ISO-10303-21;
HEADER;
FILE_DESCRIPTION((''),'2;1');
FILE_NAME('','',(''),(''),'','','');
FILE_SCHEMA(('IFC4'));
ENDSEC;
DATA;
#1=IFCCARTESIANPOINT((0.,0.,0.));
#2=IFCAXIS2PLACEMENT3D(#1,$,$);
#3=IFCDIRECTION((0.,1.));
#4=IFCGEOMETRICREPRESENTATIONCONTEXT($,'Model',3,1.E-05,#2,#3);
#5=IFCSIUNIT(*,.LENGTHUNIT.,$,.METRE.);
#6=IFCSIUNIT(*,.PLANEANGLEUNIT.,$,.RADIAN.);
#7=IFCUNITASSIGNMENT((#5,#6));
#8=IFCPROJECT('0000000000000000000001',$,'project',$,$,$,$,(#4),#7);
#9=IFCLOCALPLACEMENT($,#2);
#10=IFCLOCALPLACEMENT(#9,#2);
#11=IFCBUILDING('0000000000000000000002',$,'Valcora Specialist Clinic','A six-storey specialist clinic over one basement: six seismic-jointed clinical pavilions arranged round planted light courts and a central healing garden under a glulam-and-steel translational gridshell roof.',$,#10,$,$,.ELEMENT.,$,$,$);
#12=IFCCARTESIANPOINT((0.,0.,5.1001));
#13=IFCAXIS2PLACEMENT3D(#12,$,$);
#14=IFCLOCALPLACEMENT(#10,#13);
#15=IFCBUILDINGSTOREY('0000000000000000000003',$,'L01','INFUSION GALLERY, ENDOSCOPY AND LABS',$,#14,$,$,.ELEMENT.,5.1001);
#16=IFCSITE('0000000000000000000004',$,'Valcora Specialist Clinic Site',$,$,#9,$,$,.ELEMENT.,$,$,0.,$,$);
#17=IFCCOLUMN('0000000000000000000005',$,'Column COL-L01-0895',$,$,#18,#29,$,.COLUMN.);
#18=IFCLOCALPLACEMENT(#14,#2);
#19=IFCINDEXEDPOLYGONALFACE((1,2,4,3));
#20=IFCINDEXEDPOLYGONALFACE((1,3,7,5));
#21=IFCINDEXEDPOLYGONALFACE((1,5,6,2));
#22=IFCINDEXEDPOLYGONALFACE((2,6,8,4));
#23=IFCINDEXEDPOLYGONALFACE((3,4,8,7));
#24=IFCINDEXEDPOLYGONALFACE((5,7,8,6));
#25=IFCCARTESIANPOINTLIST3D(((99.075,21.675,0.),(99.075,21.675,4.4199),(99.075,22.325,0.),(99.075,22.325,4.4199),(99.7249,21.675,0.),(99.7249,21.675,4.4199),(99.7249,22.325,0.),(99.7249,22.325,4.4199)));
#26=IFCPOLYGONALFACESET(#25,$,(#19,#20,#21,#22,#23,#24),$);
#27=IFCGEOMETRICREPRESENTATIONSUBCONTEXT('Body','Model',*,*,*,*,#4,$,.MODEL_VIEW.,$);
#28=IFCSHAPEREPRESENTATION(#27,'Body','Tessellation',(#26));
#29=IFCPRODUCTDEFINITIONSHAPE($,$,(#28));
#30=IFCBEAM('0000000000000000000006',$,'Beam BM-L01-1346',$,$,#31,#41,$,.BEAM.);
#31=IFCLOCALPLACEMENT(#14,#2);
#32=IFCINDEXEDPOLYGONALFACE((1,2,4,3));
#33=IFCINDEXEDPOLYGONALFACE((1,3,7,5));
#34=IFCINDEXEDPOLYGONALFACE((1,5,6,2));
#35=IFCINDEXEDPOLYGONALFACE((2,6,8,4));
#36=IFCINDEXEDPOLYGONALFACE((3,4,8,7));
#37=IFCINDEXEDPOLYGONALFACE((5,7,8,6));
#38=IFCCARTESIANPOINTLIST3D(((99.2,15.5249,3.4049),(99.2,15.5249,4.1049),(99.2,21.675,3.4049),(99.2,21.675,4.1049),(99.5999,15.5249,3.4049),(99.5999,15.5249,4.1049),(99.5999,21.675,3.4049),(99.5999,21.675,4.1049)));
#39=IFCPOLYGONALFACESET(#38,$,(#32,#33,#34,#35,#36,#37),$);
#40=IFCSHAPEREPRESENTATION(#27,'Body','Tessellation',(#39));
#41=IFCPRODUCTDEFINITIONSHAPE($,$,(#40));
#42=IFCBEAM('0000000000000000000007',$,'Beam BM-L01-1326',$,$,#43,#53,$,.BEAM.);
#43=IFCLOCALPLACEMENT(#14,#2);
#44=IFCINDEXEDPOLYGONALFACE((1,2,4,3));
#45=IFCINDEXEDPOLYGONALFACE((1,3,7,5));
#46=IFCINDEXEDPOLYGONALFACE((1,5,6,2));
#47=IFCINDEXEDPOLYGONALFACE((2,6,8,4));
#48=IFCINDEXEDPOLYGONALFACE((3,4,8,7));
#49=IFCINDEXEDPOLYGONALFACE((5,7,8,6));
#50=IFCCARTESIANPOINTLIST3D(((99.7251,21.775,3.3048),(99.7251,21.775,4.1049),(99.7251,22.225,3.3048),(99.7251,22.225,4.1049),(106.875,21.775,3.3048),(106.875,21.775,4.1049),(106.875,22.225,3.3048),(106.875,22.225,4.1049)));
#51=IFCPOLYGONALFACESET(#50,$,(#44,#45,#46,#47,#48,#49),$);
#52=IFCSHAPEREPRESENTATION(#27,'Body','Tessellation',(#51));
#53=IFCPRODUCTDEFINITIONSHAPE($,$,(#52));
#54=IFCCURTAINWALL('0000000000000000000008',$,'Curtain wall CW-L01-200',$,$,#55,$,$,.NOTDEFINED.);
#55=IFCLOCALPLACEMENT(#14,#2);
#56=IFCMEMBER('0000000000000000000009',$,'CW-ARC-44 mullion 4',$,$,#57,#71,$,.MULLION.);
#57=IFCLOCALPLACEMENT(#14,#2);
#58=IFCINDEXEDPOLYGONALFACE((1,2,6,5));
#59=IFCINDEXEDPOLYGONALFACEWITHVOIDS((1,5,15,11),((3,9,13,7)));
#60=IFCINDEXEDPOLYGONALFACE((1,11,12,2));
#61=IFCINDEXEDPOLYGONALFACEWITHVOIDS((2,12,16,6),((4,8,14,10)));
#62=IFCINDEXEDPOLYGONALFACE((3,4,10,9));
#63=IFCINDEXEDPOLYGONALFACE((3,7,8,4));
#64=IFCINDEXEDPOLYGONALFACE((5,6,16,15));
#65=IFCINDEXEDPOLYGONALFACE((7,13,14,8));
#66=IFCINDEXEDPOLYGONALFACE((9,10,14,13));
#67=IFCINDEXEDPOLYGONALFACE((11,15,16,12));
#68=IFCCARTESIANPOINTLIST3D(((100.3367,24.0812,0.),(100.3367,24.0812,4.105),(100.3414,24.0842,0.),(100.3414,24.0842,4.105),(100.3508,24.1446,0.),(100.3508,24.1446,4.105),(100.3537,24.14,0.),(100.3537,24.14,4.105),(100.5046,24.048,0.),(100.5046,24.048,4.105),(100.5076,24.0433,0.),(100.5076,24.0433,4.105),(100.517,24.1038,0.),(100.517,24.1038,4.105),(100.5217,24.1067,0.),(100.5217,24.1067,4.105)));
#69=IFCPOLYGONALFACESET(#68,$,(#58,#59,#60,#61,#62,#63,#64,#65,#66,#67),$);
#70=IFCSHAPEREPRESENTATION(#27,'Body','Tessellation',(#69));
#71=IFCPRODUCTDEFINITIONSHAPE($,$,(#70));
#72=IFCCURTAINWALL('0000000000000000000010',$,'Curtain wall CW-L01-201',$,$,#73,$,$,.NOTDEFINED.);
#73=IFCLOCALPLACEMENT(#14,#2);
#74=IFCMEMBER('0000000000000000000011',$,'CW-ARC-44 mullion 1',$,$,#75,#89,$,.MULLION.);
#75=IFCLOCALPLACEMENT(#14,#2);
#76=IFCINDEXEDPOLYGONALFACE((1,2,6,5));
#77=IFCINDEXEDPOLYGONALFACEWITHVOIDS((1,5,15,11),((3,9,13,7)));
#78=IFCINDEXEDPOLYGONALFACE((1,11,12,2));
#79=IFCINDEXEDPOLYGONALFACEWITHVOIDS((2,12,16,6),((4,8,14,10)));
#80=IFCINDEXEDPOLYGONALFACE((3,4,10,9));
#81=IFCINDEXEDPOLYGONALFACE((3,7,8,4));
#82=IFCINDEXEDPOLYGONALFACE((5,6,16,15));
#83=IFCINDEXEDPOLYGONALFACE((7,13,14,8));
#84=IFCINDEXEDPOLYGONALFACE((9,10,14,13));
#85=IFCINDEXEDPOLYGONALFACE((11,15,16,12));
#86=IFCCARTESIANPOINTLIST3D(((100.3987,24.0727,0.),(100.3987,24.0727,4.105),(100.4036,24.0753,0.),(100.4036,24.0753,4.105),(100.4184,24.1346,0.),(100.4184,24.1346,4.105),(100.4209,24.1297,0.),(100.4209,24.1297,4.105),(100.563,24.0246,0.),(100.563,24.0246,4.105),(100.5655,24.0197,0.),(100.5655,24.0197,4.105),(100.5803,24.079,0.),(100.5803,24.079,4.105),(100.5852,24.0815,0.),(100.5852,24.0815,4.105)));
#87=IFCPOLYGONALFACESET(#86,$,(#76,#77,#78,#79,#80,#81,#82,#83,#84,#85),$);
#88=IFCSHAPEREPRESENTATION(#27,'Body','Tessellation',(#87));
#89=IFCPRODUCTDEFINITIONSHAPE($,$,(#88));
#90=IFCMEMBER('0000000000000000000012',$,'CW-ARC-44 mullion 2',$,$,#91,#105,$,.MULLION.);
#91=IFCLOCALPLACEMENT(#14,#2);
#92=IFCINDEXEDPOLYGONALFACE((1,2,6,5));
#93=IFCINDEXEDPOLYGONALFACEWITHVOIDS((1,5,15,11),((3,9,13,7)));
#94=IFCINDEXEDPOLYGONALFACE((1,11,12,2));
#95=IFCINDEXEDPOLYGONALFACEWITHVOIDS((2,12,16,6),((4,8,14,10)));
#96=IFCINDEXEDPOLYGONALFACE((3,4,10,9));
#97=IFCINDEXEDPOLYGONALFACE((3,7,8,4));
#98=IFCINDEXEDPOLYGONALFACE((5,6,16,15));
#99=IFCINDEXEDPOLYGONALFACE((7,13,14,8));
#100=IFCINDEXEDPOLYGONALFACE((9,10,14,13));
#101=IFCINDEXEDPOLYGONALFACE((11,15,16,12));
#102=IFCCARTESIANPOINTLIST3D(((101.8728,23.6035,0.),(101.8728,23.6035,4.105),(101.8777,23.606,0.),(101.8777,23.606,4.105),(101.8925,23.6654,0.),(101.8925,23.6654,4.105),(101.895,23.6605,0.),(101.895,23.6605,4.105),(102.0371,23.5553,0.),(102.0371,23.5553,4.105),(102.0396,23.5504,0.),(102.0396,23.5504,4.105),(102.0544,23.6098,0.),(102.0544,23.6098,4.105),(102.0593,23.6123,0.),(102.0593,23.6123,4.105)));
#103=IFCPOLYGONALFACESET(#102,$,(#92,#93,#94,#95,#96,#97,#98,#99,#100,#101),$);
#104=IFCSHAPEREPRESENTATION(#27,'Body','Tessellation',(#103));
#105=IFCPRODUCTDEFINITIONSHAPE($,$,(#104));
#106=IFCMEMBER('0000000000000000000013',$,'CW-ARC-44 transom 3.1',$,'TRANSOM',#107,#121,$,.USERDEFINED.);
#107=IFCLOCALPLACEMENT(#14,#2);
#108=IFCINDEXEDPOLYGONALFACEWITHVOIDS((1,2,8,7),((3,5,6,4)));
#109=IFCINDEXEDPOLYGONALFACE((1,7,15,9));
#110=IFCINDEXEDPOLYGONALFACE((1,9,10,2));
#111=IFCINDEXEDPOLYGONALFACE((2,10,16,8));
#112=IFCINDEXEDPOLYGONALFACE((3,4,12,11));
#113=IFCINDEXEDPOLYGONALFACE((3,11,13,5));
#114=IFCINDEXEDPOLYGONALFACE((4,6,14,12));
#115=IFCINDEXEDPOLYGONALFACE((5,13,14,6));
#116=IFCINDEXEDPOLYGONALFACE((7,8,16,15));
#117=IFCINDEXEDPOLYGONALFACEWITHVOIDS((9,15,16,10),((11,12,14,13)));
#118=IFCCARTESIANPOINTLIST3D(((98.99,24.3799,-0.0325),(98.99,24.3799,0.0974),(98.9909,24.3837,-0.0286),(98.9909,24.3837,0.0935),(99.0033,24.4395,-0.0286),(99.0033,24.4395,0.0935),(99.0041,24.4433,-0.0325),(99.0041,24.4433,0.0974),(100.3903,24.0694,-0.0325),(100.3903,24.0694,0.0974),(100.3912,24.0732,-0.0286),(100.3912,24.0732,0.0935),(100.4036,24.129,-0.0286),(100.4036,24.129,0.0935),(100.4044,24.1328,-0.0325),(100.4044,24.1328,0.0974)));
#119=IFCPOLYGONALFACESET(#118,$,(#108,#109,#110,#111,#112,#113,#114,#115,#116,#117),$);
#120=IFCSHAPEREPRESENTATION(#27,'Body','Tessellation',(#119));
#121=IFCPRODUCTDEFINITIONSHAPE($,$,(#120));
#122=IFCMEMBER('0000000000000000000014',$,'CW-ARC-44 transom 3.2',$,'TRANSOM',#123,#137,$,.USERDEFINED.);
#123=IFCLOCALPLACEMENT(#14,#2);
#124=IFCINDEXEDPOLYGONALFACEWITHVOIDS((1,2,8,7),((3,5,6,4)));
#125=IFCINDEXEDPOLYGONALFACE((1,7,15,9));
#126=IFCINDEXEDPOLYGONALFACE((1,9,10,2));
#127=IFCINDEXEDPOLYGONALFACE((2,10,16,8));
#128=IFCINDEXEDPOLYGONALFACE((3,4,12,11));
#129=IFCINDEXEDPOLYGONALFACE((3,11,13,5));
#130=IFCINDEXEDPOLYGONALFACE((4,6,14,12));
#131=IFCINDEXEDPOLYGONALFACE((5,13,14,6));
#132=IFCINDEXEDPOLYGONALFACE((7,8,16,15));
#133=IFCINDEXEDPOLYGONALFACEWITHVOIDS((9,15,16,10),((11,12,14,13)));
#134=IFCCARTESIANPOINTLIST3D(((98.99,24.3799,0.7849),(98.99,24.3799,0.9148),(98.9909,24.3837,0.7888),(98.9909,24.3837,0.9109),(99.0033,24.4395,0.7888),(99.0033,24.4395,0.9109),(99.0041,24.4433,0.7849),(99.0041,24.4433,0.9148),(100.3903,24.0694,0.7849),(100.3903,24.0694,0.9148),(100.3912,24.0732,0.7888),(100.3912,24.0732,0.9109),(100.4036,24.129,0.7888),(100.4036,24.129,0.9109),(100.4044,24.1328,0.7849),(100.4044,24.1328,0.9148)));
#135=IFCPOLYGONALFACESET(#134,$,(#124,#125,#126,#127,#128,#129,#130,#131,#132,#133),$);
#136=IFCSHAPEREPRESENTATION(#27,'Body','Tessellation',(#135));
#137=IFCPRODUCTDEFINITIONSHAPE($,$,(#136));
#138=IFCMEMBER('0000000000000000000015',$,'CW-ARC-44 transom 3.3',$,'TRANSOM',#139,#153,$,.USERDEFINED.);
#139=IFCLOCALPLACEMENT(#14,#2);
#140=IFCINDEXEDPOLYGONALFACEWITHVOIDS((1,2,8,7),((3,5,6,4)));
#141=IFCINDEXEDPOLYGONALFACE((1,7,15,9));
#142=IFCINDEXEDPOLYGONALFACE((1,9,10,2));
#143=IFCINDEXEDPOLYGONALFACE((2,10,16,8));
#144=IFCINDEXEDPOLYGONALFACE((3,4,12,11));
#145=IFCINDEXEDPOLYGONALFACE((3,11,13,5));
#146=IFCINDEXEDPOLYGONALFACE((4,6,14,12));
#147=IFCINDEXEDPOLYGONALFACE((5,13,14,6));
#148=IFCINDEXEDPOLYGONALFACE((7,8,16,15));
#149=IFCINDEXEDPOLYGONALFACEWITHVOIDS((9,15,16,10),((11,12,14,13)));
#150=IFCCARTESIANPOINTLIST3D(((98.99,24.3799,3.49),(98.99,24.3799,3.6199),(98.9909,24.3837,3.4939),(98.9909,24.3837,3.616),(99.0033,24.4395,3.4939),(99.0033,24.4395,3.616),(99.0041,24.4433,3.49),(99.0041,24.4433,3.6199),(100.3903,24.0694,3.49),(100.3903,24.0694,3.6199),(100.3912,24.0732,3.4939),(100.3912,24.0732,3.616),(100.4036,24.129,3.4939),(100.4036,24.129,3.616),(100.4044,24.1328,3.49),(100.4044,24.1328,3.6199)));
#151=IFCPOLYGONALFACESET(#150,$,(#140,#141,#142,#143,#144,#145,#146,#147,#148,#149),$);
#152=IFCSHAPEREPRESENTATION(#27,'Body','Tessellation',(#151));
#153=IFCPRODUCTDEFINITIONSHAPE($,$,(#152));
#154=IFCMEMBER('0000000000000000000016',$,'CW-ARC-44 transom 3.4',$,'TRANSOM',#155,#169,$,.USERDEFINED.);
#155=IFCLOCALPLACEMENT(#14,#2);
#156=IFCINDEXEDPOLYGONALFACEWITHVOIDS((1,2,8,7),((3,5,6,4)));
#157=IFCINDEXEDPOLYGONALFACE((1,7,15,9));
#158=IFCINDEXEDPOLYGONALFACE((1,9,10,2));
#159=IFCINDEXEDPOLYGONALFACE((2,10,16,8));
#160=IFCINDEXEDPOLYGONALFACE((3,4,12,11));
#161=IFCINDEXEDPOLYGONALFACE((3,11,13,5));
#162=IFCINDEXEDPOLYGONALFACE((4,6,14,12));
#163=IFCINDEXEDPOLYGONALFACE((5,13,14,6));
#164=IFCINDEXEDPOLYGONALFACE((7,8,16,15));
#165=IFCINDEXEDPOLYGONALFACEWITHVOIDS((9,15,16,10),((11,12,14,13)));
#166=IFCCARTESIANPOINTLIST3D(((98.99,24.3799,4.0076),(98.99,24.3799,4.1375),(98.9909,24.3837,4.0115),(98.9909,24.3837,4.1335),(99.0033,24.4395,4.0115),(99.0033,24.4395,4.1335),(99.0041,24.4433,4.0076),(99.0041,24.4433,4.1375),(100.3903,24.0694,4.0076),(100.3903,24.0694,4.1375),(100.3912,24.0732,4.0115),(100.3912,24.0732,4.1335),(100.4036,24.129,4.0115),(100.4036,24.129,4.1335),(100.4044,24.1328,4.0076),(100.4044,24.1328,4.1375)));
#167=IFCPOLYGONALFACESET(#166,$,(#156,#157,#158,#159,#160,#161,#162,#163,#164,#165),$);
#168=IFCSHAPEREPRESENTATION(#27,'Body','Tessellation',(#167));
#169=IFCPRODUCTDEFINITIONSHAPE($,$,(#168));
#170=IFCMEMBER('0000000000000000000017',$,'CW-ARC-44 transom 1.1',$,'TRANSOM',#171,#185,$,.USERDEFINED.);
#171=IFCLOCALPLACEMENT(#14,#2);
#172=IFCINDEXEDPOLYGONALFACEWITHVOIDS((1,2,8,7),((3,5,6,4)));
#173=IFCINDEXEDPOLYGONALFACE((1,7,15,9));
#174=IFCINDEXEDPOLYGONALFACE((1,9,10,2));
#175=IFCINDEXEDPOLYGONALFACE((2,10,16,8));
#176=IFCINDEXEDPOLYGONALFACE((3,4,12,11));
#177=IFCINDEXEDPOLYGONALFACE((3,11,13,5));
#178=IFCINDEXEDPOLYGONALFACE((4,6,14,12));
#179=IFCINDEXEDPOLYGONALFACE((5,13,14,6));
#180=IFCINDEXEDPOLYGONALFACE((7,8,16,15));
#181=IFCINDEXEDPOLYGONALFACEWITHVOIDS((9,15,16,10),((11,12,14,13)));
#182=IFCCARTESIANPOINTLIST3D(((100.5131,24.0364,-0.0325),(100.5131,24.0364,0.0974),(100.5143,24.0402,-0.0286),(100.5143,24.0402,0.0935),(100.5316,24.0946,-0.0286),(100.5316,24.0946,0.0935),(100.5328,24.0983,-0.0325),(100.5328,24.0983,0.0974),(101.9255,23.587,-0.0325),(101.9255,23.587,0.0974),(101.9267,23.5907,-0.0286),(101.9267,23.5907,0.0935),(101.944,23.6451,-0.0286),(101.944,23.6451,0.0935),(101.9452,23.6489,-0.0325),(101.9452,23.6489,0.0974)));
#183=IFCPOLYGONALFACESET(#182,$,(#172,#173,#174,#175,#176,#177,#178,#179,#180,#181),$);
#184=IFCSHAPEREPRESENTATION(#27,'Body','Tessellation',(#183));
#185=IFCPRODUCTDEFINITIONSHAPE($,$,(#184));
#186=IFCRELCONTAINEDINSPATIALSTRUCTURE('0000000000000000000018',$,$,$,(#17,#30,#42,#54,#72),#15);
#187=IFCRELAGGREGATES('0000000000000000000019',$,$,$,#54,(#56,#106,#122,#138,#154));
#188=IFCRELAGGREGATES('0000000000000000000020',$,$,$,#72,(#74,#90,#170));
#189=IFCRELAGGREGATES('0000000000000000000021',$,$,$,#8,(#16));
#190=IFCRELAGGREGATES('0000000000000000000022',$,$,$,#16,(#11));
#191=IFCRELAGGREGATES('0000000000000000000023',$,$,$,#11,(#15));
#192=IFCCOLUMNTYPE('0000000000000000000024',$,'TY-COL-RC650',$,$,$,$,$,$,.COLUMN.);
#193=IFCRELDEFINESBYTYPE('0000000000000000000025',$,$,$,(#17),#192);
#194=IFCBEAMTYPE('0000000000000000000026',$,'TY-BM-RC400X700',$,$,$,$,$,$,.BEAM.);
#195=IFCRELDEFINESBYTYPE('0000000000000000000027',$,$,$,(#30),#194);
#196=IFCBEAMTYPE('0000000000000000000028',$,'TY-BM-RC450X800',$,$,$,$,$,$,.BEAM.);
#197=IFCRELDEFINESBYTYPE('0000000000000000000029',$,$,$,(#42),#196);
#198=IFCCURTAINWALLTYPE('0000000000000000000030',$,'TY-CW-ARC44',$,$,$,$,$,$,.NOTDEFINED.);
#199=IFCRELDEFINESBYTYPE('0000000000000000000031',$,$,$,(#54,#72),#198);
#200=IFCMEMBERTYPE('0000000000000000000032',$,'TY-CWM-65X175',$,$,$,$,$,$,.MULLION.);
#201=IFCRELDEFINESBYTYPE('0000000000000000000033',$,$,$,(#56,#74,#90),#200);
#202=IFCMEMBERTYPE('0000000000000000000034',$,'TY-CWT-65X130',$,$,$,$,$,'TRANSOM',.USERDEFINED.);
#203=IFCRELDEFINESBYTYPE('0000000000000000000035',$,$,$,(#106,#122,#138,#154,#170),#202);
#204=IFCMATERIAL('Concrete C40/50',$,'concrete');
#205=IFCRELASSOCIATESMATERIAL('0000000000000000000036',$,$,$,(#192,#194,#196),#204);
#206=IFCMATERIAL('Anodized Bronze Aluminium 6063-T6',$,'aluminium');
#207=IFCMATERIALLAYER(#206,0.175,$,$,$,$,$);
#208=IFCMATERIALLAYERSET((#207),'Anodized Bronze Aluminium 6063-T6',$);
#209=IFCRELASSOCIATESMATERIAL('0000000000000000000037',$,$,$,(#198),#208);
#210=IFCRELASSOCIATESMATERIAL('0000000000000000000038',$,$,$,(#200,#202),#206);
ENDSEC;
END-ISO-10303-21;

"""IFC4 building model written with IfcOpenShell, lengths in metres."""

from ifc_helpers import new_model, si_unit, direction, frame, origin, origin_2d, place, context, subcontext, project, spatial, rectangle, hollow_rectangle, extrude, material, layer, layer_set, material_profile, profile_set, type_object, element, aggregate, save


model = new_model("IFC4")

# Units and contexts
model_context = context("Model", 3, precision=1e-05, world=origin(), true_north=direction((0.0, 1.0)))
body_context = subcontext(model_context, "Body", "Model", "MODEL_VIEW")
ifc_project = project(units=[si_unit("LENGTHUNIT", "METRE"), si_unit("PLANEANGLEUNIT", "RADIAN")], contexts=[model_context])

# Site, building, storey
site_placement = place(None, origin())
site = spatial("IfcSite", under=ifc_project, at=site_placement, Name="Valcora Specialist Clinic Site", CompositionType="ELEMENT", RefElevation=0.0)
building_placement = place(site_placement, origin())
building = spatial("IfcBuilding", under=site, at=building_placement, Name="Valcora Specialist Clinic", Description="A six-storey specialist clinic over one basement: six seismic-jointed clinical pavilions arranged round planted light courts and a central healing garden under a glulam-and-steel translational gridshell roof.", CompositionType="ELEMENT")
storey_placement = place(building_placement, frame((0.0, 0.0, 5.1001)))
storey = spatial("IfcBuildingStorey", under=building, at=storey_placement, Name="L01", Description="INFUSION GALLERY, ENDOSCOPY AND LABS", CompositionType="ELEMENT", Elevation=5.1001)

# Column
ifc_material_1 = material(Name="Concrete C40/50", Category="concrete")
ifc_material_profile_1 = material_profile(ifc_material_1, rectangle(XDim=0.6499, YDim=0.6499, at=origin_2d()), Name="RC-COL-650X650")
ifc_profile_set_1 = profile_set([ifc_material_profile_1], Name="Concrete C40/50")
column_type = type_object("IfcColumnType", Name="TY-COL-RC650", PredefinedType="COLUMN", material=ifc_profile_set_1)
column_placement = place(storey_placement, frame((99.3999, 22.0, 0.0), z_axis=(0.0, 0.0, 1.0), x_axis=(1.0, 0.0, 0.0)))
element("IfcColumn", 1, at=column_placement, inside=storey, type_object=column_type, Name="Column COL-L01-0895", PredefinedType="COLUMN", context=body_context, shape_type="SweptSolid", body=[
    extrude(rectangle(XDim=0.6499, YDim=0.6499, at=origin_2d()), origin(), (0.0, 0.0, 1.0), 4.4199),
])

# Beams
ifc_material_profile_2 = material_profile(ifc_material_1, rectangle(XDim=0.3999, YDim=0.7, at=origin_2d()), Name="RC-BM-400X700")
ifc_profile_set_2 = profile_set([ifc_material_profile_2], Name="Concrete C40/50")
beam_type_1 = type_object("IfcBeamType", Name="TY-BM-RC400X700", PredefinedType="BEAM", material=ifc_profile_set_2)
beam_1_placement = place(storey_placement, frame((99.3999, 15.5249, 3.7549), z_axis=(0.0, 1.0, 0.0), x_axis=(-1.0, 0.0, 0.0)))
element("IfcBeam", 2, at=beam_1_placement, inside=storey, type_object=beam_type_1, Name="Beam BM-L01-1346", PredefinedType="BEAM", context=body_context, shape_type="SweptSolid", body=[
    extrude(rectangle(XDim=0.3999, YDim=0.7, at=origin_2d()), origin(), (0.0, 0.0, 1.0), 6.1501),
])
ifc_material_profile_3 = material_profile(ifc_material_1, rectangle(XDim=0.45, YDim=0.8, at=origin_2d()), Name="RC-BM-450X800")
ifc_profile_set_3 = profile_set([ifc_material_profile_3], Name="Concrete C40/50")
beam_type_2 = type_object("IfcBeamType", Name="TY-BM-RC450X800", PredefinedType="BEAM", material=ifc_profile_set_3)
beam_2_placement = place(storey_placement, frame((99.7251, 22.0, 3.7048), z_axis=(1.0, 0.0, 0.0), x_axis=(0.0, 1.0, 0.0)))
element("IfcBeam", 3, at=beam_2_placement, inside=storey, type_object=beam_type_2, Name="Beam BM-L01-1326", PredefinedType="BEAM", context=body_context, shape_type="SweptSolid", body=[
    extrude(rectangle(XDim=0.45, YDim=0.8, at=origin_2d()), origin(), (0.0, 0.0, 1.0), 7.1499),
])

# Curtain wall, member
ifc_material_2 = material(Name="Anodized Bronze Aluminium 6063-T6", Category="aluminium")
ifc_layer_1 = layer(ifc_material_2, 0.175)
ifc_layer_set_1 = layer_set([ifc_layer_1], Name="Anodized Bronze Aluminium 6063-T6")
curtain_wall_type = type_object("IfcCurtainWallType", Name="TY-CW-ARC44", PredefinedType="NOTDEFINED", material=ifc_layer_set_1)
curtain_wall_1_placement = place(storey_placement, origin())
curtain_wall_1 = element("IfcCurtainWall", 4, at=curtain_wall_1_placement, inside=storey, type_object=curtain_wall_type, Name="Curtain wall CW-L01-200", PredefinedType="NOTDEFINED")
ifc_material_profile_4 = material_profile(ifc_material_2, hollow_rectangle(XDim=0.0649, YDim=0.175, WallThickness=0.0039, at=origin_2d()), Name="AL-MUL-65X175")
ifc_profile_set_4 = profile_set([ifc_material_profile_4], Name="Anodized Bronze Aluminium 6063-T6")
member_type_1 = type_object("IfcMemberType", Name="TY-CWM-65X175", PredefinedType="MULLION", material=ifc_profile_set_4)
member_1_placement = place(storey_placement, frame((100.4292, 24.094, 0.0), z_axis=(0.0, 0.0, 1.0), x_axis=(0.216518, 0.976279, 0.0)))
member_1 = element("IfcMember", 5, at=member_1_placement, type_object=member_type_1, Name="CW-ARC-44 mullion 4", PredefinedType="MULLION", context=body_context, shape_type="SweptSolid", body=[
    extrude(hollow_rectangle(XDim=0.0649, YDim=0.175, WallThickness=0.0039, at=origin_2d()), origin(), (0.0, 0.0, 1.0), 4.105),
])

# Curtain wall, members
curtain_wall_2_placement = place(storey_placement, origin())
curtain_wall_2 = element("IfcCurtainWall", 6, at=curtain_wall_2_placement, inside=storey, type_object=curtain_wall_type, Name="Curtain wall CW-L01-201", PredefinedType="NOTDEFINED")
member_2_placement = place(storey_placement, frame((100.4919, 24.0771, 0.0), z_axis=(0.0, 0.0, 1.0), x_axis=(0.303233, 0.952916, 0.0)))
member_2 = element("IfcMember", 7, at=member_2_placement, type_object=member_type_1, Name="CW-ARC-44 mullion 1", PredefinedType="MULLION", context=body_context, shape_type="SweptSolid", body=[
    extrude(hollow_rectangle(XDim=0.0649, YDim=0.175, WallThickness=0.0039, at=origin_2d()), origin(), (0.0, 0.0, 1.0), 4.105),
])
member_3_placement = place(storey_placement, frame((101.9661, 23.6079, 0.0), z_axis=(0.0, 0.0, 1.0), x_axis=(0.303233, 0.952916, 0.0)))
member_3 = element("IfcMember", 8, at=member_3_placement, type_object=member_type_1, Name="CW-ARC-44 mullion 2", PredefinedType="MULLION", context=body_context, shape_type="SweptSolid", body=[
    extrude(hollow_rectangle(XDim=0.0649, YDim=0.175, WallThickness=0.0039, at=origin_2d()), origin(), (0.0, 0.0, 1.0), 4.105),
])

# Members
ifc_material_profile_5 = material_profile(ifc_material_2, hollow_rectangle(XDim=0.0649, YDim=0.1299, WallThickness=0.0039, at=origin_2d()), Name="AL-TRN-65X130")
ifc_profile_set_5 = profile_set([ifc_material_profile_5], Name="Anodized Bronze Aluminium 6063-T6")
member_type_2 = type_object("IfcMemberType", Name="TY-CWT-65X130", ElementType="TRANSOM", PredefinedType="USERDEFINED", material=ifc_profile_set_5)
member_4_placement = place(storey_placement, frame((98.9971, 24.4116, 0.0325), z_axis=(0.976283, -0.216498, 0.0), x_axis=(0.216498, 0.976283, 0.0)))
member_4 = element("IfcMember", 9, at=member_4_placement, type_object=member_type_2, Name="CW-ARC-44 transom 3.1", ObjectType="TRANSOM", PredefinedType="USERDEFINED", context=body_context, shape_type="SweptSolid", body=[
    extrude(hollow_rectangle(XDim=0.0649, YDim=0.1299, WallThickness=0.0039, at=origin_2d()), origin(), (0.0, 0.0, 1.0), 1.4343),
])
member_5_placement = place(storey_placement, frame((98.9971, 24.4116, 0.8499), z_axis=(0.976283, -0.216498, 0.0), x_axis=(0.216498, 0.976283, 0.0)))
member_5 = element("IfcMember", 10, at=member_5_placement, type_object=member_type_2, Name="CW-ARC-44 transom 3.2", ObjectType="TRANSOM", PredefinedType="USERDEFINED", context=body_context, shape_type="SweptSolid", body=[
    extrude(hollow_rectangle(XDim=0.0649, YDim=0.1299, WallThickness=0.0039, at=origin_2d()), origin(), (0.0, 0.0, 1.0), 1.4343),
])
member_6_placement = place(storey_placement, frame((98.9971, 24.4116, 3.5549), z_axis=(0.976283, -0.216498, 0.0), x_axis=(0.216498, 0.976283, 0.0)))
member_6 = element("IfcMember", 11, at=member_6_placement, type_object=member_type_2, Name="CW-ARC-44 transom 3.3", ObjectType="TRANSOM", PredefinedType="USERDEFINED", context=body_context, shape_type="SweptSolid", body=[
    extrude(hollow_rectangle(XDim=0.0649, YDim=0.1299, WallThickness=0.0039, at=origin_2d()), origin(), (0.0, 0.0, 1.0), 1.4343),
])
member_7_placement = place(storey_placement, frame((98.9971, 24.4116, 4.0725), z_axis=(0.976283, -0.216498, 0.0), x_axis=(0.216498, 0.976283, 0.0)))
member_7 = element("IfcMember", 12, at=member_7_placement, type_object=member_type_2, Name="CW-ARC-44 transom 3.4", ObjectType="TRANSOM", PredefinedType="USERDEFINED", context=body_context, shape_type="SweptSolid", body=[
    extrude(hollow_rectangle(XDim=0.0649, YDim=0.1299, WallThickness=0.0039, at=origin_2d()), origin(), (0.0, 0.0, 1.0), 1.4343),
])
member_8_placement = place(storey_placement, frame((100.5229, 24.0674, 0.0325), z_axis=(0.952911, -0.303251, 0.0), x_axis=(0.303251, 0.952911, 0.0)))
member_8 = element("IfcMember", 13, at=member_8_placement, type_object=member_type_2, Name="CW-ARC-44 transom 1.1", ObjectType="TRANSOM", PredefinedType="USERDEFINED", context=body_context, shape_type="SweptSolid", body=[
    extrude(hollow_rectangle(XDim=0.0649, YDim=0.1299, WallThickness=0.0039, at=origin_2d()), origin(), (0.0, 0.0, 1.0), 1.4822),
])

aggregate(curtain_wall_1, [member_1, member_4, member_5, member_6, member_7])
aggregate(curtain_wall_2, [member_2, member_3, member_8])

save(model, "model.ifc")
